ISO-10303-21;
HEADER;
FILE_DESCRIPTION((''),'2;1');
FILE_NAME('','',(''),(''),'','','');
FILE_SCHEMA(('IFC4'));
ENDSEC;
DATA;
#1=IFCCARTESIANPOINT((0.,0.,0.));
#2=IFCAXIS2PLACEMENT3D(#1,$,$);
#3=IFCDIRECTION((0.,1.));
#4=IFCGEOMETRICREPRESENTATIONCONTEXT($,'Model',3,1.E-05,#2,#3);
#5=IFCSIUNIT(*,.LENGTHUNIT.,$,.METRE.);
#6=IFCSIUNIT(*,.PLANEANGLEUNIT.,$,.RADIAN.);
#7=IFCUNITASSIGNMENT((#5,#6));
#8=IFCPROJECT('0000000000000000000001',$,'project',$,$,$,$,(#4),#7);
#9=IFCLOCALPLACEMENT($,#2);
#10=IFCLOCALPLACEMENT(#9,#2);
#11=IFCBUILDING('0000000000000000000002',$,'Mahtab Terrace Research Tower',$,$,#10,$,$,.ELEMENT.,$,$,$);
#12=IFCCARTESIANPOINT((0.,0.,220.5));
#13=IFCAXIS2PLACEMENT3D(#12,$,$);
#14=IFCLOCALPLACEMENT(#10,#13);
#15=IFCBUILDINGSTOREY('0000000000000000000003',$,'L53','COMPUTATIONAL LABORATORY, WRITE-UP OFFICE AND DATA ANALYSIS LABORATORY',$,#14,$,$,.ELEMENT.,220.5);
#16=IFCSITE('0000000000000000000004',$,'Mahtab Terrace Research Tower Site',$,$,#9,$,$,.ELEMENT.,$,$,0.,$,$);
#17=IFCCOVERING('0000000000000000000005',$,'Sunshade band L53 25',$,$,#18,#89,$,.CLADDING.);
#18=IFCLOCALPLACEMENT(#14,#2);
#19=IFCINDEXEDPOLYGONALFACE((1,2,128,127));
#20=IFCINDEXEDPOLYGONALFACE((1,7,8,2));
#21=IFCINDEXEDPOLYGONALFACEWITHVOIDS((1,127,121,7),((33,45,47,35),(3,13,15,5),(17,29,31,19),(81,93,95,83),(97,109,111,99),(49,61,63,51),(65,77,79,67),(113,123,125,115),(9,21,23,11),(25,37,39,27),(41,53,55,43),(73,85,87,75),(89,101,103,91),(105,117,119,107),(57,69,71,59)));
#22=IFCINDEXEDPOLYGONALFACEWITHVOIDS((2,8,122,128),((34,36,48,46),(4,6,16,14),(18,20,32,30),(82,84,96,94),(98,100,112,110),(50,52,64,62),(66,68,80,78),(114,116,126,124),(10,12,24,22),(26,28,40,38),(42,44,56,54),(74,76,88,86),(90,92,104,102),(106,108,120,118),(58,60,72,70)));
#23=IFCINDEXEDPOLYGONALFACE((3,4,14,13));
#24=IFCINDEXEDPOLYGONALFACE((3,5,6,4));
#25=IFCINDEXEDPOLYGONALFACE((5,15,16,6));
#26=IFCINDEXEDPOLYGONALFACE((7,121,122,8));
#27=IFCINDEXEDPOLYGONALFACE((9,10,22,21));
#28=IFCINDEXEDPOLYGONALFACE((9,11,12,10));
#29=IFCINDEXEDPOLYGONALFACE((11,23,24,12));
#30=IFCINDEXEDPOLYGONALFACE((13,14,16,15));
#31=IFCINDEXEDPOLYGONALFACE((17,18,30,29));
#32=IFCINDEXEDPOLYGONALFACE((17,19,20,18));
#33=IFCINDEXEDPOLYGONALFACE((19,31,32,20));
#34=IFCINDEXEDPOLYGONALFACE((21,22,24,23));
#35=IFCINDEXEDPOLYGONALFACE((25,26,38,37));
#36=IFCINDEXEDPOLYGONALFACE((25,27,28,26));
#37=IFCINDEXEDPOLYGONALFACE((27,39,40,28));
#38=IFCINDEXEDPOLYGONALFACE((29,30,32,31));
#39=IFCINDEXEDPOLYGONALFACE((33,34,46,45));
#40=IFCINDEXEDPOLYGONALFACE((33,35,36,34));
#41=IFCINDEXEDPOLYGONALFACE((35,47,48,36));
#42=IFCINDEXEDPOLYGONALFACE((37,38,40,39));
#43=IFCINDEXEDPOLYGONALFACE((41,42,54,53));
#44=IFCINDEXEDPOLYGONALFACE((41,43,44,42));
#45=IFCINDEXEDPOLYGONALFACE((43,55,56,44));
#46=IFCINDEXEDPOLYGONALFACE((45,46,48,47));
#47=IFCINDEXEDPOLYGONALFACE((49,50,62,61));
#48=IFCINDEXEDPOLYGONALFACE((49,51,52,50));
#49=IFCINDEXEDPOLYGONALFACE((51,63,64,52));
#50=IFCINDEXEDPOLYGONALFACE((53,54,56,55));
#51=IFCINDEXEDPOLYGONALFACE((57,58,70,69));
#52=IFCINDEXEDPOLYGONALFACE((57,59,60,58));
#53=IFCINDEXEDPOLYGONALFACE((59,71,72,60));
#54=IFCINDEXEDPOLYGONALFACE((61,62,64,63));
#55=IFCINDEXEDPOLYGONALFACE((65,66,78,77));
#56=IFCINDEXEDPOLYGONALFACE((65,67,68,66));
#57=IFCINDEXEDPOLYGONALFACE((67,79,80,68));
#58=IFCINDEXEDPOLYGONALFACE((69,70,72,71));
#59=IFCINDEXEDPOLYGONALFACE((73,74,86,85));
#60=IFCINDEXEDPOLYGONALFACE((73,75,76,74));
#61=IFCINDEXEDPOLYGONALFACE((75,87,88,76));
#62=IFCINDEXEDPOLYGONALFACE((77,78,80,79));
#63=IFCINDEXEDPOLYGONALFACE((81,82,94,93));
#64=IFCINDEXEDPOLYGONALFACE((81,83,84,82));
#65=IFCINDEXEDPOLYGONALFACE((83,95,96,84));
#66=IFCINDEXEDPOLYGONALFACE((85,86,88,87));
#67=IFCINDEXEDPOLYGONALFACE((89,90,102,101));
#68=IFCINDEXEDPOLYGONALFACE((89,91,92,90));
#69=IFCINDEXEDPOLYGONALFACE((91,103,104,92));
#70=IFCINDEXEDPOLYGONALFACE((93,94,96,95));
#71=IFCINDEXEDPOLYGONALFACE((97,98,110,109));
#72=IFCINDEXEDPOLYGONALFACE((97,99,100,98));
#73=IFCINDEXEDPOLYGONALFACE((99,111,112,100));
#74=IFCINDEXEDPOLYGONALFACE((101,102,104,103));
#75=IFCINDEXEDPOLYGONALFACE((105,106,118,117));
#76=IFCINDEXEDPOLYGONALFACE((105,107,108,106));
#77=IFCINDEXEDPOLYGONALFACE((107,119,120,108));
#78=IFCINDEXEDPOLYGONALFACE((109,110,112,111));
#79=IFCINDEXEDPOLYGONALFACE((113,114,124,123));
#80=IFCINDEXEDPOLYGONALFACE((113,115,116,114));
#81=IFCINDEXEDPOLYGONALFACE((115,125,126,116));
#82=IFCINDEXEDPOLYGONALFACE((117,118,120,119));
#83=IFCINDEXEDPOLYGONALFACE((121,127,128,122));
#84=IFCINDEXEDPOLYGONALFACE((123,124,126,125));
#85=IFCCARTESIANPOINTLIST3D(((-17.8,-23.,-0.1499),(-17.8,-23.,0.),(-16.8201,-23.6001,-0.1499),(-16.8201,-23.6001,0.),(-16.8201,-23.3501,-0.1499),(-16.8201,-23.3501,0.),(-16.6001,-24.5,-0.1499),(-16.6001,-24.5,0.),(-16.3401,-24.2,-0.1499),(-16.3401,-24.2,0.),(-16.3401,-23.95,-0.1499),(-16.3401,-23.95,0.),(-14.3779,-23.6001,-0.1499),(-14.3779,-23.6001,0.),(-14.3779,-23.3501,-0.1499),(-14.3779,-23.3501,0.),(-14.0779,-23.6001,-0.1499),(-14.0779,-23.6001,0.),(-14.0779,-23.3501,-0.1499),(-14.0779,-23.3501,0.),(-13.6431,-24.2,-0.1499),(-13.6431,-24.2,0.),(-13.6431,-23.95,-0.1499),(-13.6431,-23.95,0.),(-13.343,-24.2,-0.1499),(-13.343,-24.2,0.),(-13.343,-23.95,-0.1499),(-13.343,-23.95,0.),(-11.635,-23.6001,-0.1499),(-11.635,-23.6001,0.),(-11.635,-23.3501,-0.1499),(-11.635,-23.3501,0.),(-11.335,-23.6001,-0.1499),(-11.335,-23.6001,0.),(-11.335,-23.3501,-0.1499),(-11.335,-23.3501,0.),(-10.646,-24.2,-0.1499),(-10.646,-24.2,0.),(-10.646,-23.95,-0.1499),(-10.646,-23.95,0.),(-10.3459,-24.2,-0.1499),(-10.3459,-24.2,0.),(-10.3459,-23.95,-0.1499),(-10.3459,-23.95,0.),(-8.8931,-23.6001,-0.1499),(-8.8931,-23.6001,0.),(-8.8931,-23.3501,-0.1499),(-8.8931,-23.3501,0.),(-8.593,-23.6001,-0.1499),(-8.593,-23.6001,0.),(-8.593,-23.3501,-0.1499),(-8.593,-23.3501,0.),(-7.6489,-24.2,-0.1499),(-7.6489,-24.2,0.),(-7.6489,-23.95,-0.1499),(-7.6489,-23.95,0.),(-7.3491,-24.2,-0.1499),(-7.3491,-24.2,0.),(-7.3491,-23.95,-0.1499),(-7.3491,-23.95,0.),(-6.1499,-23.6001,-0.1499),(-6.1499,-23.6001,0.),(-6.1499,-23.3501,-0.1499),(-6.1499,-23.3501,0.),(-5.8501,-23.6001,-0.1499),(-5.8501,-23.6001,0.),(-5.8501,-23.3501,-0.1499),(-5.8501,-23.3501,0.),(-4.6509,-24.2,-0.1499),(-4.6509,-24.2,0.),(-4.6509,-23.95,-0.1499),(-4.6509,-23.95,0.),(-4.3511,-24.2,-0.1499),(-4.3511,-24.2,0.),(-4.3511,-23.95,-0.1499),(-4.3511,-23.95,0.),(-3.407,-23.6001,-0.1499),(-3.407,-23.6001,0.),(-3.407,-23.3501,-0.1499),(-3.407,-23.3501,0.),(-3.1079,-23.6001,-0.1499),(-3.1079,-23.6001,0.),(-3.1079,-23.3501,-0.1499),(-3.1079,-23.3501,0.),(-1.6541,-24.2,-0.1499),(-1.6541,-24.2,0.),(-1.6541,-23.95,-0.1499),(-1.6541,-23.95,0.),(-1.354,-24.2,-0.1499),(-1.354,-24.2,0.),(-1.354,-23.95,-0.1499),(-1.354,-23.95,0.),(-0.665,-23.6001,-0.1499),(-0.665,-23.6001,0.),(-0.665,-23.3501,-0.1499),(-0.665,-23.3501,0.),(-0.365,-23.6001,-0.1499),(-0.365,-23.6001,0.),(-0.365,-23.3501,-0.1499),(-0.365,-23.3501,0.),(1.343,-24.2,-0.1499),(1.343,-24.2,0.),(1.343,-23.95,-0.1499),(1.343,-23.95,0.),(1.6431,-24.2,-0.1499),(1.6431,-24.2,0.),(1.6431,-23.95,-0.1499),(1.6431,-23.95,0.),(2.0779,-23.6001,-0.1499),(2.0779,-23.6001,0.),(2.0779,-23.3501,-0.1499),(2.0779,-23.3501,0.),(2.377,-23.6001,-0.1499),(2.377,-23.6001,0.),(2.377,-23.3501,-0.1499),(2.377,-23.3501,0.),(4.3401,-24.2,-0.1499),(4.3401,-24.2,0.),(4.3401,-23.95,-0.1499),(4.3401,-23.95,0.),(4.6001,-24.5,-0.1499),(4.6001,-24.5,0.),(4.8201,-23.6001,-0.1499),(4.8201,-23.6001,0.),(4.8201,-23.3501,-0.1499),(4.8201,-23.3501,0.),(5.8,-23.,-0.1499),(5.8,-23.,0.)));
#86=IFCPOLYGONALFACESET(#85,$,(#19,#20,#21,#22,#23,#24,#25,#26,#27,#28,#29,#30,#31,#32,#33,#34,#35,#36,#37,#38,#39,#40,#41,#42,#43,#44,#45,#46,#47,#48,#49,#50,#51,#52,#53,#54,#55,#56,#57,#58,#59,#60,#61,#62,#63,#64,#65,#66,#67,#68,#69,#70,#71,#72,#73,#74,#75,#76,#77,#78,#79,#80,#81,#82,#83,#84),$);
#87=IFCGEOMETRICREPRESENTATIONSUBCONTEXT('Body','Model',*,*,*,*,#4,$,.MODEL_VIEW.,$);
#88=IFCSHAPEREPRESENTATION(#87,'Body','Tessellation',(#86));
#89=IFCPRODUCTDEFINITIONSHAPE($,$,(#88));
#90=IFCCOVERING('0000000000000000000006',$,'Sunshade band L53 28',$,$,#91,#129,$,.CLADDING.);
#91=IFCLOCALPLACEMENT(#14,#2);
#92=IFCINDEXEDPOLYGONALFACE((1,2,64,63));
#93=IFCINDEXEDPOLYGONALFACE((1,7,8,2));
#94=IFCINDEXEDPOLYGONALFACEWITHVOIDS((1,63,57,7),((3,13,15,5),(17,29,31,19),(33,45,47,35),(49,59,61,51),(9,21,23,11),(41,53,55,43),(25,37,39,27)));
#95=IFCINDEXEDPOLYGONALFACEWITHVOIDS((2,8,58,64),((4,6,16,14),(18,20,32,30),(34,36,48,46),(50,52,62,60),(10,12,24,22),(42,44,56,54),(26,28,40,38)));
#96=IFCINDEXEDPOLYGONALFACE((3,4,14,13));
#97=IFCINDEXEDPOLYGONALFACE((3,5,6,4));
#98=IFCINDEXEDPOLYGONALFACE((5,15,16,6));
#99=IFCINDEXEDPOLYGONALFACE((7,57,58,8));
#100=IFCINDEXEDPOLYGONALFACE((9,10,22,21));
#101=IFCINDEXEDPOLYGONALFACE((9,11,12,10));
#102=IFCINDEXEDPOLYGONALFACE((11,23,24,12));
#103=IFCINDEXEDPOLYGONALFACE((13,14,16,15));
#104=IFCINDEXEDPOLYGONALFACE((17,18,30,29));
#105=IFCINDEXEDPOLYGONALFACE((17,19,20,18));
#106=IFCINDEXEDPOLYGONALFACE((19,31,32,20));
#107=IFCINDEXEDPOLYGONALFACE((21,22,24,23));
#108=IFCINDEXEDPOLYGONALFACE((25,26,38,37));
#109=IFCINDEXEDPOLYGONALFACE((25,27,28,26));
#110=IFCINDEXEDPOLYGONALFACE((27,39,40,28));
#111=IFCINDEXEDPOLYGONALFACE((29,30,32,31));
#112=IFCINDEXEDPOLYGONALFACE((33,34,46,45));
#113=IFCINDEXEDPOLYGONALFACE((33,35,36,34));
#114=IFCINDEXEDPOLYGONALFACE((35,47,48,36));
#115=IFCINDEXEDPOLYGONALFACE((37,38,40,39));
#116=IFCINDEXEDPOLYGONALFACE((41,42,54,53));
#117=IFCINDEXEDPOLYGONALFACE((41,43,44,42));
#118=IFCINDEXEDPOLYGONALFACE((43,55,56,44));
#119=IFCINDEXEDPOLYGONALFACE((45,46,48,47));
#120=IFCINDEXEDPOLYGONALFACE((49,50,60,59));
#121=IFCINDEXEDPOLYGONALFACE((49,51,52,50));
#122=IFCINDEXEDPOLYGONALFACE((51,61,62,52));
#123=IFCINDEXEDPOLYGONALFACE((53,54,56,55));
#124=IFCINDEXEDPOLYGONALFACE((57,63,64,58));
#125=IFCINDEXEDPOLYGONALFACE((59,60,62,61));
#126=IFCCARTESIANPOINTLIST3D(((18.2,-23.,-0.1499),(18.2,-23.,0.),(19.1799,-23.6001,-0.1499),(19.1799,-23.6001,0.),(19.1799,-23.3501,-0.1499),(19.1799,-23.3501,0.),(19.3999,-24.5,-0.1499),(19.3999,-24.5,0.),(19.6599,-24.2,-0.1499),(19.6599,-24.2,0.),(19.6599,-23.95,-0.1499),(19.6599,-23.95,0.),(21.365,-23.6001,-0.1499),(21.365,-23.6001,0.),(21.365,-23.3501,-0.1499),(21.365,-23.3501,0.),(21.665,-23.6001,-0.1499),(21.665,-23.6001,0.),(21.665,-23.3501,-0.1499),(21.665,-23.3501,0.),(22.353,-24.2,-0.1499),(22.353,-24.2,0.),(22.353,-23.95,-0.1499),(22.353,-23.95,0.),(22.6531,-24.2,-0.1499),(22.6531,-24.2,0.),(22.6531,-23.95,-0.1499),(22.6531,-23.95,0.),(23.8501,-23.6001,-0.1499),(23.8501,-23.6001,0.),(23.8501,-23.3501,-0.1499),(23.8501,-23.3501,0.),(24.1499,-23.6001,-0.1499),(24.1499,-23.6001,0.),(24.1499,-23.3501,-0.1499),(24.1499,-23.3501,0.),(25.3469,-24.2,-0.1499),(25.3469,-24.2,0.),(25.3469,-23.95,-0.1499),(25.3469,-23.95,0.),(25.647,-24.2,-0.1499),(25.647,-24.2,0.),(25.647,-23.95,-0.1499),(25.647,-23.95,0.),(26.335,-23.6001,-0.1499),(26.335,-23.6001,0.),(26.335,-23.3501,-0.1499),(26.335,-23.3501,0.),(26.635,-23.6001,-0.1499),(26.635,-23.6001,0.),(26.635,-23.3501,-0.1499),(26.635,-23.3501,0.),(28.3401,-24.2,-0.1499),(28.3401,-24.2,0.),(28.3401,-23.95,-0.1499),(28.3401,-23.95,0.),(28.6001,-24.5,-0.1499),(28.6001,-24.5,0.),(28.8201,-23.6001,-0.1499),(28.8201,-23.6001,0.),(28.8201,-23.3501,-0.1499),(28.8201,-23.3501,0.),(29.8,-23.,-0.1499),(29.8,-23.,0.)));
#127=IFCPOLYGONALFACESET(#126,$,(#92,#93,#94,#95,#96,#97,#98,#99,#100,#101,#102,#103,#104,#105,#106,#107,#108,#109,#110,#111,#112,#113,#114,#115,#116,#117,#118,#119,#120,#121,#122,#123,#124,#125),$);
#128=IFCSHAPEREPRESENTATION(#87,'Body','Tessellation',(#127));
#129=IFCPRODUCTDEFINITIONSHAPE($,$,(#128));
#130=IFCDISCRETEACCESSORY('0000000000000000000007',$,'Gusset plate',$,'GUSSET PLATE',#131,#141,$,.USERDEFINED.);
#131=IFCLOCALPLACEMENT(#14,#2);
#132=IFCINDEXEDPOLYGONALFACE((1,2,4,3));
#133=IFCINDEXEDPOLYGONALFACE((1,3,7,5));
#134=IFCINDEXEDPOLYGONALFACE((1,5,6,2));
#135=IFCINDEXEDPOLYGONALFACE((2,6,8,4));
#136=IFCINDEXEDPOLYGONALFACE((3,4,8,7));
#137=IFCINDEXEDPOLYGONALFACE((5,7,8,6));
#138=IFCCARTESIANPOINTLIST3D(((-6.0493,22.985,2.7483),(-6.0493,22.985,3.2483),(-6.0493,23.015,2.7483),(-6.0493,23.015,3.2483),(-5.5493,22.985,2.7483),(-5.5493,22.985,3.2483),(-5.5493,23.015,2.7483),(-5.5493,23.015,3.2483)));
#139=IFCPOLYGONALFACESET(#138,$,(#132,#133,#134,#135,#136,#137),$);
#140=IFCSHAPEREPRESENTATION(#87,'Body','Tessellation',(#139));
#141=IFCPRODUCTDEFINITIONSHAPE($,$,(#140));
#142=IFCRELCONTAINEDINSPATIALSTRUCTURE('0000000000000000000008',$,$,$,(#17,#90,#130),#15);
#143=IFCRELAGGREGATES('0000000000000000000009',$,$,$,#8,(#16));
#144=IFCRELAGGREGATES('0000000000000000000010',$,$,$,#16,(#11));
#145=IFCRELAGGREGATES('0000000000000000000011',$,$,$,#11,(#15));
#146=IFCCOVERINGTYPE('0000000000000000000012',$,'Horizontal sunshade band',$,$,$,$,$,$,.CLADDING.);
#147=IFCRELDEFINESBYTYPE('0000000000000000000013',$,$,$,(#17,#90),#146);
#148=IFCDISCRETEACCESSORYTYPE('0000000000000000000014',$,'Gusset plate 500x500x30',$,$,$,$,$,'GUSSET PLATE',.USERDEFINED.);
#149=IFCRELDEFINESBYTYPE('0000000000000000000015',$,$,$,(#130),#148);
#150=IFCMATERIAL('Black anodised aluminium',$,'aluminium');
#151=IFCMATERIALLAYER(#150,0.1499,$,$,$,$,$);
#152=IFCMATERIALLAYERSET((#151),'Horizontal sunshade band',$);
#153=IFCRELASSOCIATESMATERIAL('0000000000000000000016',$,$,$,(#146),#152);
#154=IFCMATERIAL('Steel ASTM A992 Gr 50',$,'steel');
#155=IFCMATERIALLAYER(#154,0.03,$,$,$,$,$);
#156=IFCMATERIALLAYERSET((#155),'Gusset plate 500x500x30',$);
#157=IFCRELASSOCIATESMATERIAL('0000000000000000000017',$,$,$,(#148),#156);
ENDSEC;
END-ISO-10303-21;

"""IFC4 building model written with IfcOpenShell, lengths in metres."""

from ifc_helpers import new_model, si_unit, direction, frame, origin, origin_2d, place, context, subcontext, project, spatial, polyline, rectangle, outline, extrude, material, layer, layer_set, type_object, element, save


model = new_model("IFC4")

# Units and contexts
model_context = context("Model", 3, precision=1e-05, world=origin(), true_north=direction((0.0, 1.0)))
body_context = subcontext(model_context, "Body", "Model", "MODEL_VIEW")
ifc_project = project(units=[si_unit("LENGTHUNIT", "METRE"), si_unit("PLANEANGLEUNIT", "RADIAN")], contexts=[model_context])

# Site, building, storey
site_placement = place(None, origin())
site = spatial("IfcSite", under=ifc_project, at=site_placement, Name="Mahtab Terrace Research Tower Site", CompositionType="ELEMENT", RefElevation=0.0)
building_placement = place(site_placement, origin())
building = spatial("IfcBuilding", under=site, at=building_placement, Name="Mahtab Terrace Research Tower", CompositionType="ELEMENT")
storey_placement = place(building_placement, frame((0.0, 0.0, 220.5)))
storey = spatial("IfcBuildingStorey", under=building, at=storey_placement, Name="L53", Description="COMPUTATIONAL LABORATORY, WRITE-UP OFFICE AND DATA ANALYSIS LABORATORY", CompositionType="ELEMENT", Elevation=220.5)

# Shared definitions
ifc_material_1 = material(Name="Steel ASTM A992 Gr 50", Category="steel")

# Coverings
ifc_material_2 = material(Name="Black anodised aluminium", Category="aluminium")
ifc_layer_1 = layer(ifc_material_2, 0.1499)
ifc_layer_set_1 = layer_set([ifc_layer_1], Name="Horizontal sunshade band")
covering_type = type_object("IfcCoveringType", Name="Horizontal sunshade band", PredefinedType="CLADDING", material=ifc_layer_set_1)
covering_1_placement = place(storey_placement, frame((0.0, 0.0, -0.1499)))
element("IfcCovering", 1, at=covering_1_placement, inside=storey, type_object=covering_type, Name="Sunshade band L53 25", PredefinedType="CLADDING", context=body_context, shape_type="SweptSolid", body=[
    extrude(outline(polyline([(-17.8, -23.0), (5.8, -23.0), (4.6001, -24.5), (-16.6001, -24.5), (-17.8, -23.0)]), holes=[polyline([(-16.8201, -23.3501), (-14.3779, -23.3501), (-14.3779, -23.6001), (-16.8201, -23.6001), (-16.8201, -23.3501)]), polyline([(-14.0779, -23.3501), (-11.635, -23.3501), (-11.635, -23.6001), (-14.0779, -23.6001), (-14.0779, -23.3501)]), polyline([(-11.335, -23.3501), (-8.8931, -23.3501), (-8.8931, -23.6001), (-11.335, -23.6001), (-11.335, -23.3501)]), polyline([(-8.593, -23.3501), (-6.1499, -23.3501), (-6.1499, -23.6001), (-8.593, -23.6001), (-8.593, -23.3501)]), polyline([(-5.8501, -23.3501), (-3.407, -23.3501), (-3.407, -23.6001), (-5.8501, -23.6001), (-5.8501, -23.3501)]), polyline([(-3.1079, -23.3501), (-0.665, -23.3501), (-0.665, -23.6001), (-3.1079, -23.6001), (-3.1079, -23.3501)]), polyline([(-0.365, -23.3501), (2.0779, -23.3501), (2.0779, -23.6001), (-0.365, -23.6001), (-0.365, -23.3501)]), polyline([(2.377, -23.3501), (4.8201, -23.3501), (4.8201, -23.6001), (2.377, -23.6001), (2.377, -23.3501)]), polyline([(-16.3401, -23.95), (-13.6431, -23.95), (-13.6431, -24.2), (-16.3401, -24.2), (-16.3401, -23.95)]), polyline([(-13.343, -23.95), (-10.646, -23.95), (-10.646, -24.2), (-13.343, -24.2), (-13.343, -23.95)]), polyline([(-10.3459, -23.95), (-7.6489, -23.95), (-7.6489, -24.2), (-10.3459, -24.2), (-10.3459, -23.95)]), polyline([(-7.3491, -23.95), (-4.6509, -23.95), (-4.6509, -24.2), (-7.3491, -24.2), (-7.3491, -23.95)]), polyline([(-4.3511, -23.95), (-1.6541, -23.95), (-1.6541, -24.2), (-4.3511, -24.2), (-4.3511, -23.95)]), polyline([(-1.354, -23.95), (1.343, -23.95), (1.343, -24.2), (-1.354, -24.2), (-1.354, -23.95)]), polyline([(1.6431, -23.95), (4.3401, -23.95), (4.3401, -24.2), (1.6431, -24.2), (1.6431, -23.95)])]), origin(), (0.0, 0.0, 1.0), 0.1499),
])
covering_2_placement = place(storey_placement, frame((0.0, 0.0, -0.1499)))
element("IfcCovering", 2, at=covering_2_placement, inside=storey, type_object=covering_type, Name="Sunshade band L53 28", PredefinedType="CLADDING", context=body_context, shape_type="SweptSolid", body=[
    extrude(outline(polyline([(18.2, -23.0), (29.8, -23.0), (28.6001, -24.5), (19.3999, -24.5), (18.2, -23.0)]), holes=[polyline([(19.1799, -23.3501), (21.365, -23.3501), (21.365, -23.6001), (19.1799, -23.6001), (19.1799, -23.3501)]), polyline([(21.665, -23.3501), (23.8501, -23.3501), (23.8501, -23.6001), (21.665, -23.6001), (21.665, -23.3501)]), polyline([(24.1499, -23.3501), (26.335, -23.3501), (26.335, -23.6001), (24.1499, -23.6001), (24.1499, -23.3501)]), polyline([(26.635, -23.3501), (28.8201, -23.3501), (28.8201, -23.6001), (26.635, -23.6001), (26.635, -23.3501)]), polyline([(19.6599, -23.95), (22.353, -23.95), (22.353, -24.2), (19.6599, -24.2), (19.6599, -23.95)]), polyline([(22.6531, -23.95), (25.3469, -23.95), (25.3469, -24.2), (22.6531, -24.2), (22.6531, -23.95)]), polyline([(25.647, -23.95), (28.3401, -23.95), (28.3401, -24.2), (25.647, -24.2), (25.647, -23.95)])]), origin(), (0.0, 0.0, 1.0), 0.1499),
])

# Discrete accessory
ifc_layer_2 = layer(ifc_material_1, 0.03)
ifc_layer_set_2 = layer_set([ifc_layer_2], Name="Gusset plate 500x500x30")
discrete_accessory_type = type_object("IfcDiscreteAccessoryType", Name="Gusset plate 500x500x30", ElementType="GUSSET PLATE", PredefinedType="USERDEFINED", material=ifc_layer_set_2)
discrete_accessory_placement = place(storey_placement, frame((-5.7993, 23.0, 2.7483), z_axis=(0.0, 0.0, 1.0), x_axis=(1.0, 0.0, 0.0)))
element("IfcDiscreteAccessory", 3, at=discrete_accessory_placement, inside=storey, type_object=discrete_accessory_type, Name="Gusset plate", ObjectType="GUSSET PLATE", PredefinedType="USERDEFINED", context=body_context, shape_type="SweptSolid", body=[
    extrude(rectangle(XDim=0.5, YDim=0.03, at=origin_2d()), origin(), (0.0, 0.0, 1.0), 0.5),
])

save(model, "model.ifc")
